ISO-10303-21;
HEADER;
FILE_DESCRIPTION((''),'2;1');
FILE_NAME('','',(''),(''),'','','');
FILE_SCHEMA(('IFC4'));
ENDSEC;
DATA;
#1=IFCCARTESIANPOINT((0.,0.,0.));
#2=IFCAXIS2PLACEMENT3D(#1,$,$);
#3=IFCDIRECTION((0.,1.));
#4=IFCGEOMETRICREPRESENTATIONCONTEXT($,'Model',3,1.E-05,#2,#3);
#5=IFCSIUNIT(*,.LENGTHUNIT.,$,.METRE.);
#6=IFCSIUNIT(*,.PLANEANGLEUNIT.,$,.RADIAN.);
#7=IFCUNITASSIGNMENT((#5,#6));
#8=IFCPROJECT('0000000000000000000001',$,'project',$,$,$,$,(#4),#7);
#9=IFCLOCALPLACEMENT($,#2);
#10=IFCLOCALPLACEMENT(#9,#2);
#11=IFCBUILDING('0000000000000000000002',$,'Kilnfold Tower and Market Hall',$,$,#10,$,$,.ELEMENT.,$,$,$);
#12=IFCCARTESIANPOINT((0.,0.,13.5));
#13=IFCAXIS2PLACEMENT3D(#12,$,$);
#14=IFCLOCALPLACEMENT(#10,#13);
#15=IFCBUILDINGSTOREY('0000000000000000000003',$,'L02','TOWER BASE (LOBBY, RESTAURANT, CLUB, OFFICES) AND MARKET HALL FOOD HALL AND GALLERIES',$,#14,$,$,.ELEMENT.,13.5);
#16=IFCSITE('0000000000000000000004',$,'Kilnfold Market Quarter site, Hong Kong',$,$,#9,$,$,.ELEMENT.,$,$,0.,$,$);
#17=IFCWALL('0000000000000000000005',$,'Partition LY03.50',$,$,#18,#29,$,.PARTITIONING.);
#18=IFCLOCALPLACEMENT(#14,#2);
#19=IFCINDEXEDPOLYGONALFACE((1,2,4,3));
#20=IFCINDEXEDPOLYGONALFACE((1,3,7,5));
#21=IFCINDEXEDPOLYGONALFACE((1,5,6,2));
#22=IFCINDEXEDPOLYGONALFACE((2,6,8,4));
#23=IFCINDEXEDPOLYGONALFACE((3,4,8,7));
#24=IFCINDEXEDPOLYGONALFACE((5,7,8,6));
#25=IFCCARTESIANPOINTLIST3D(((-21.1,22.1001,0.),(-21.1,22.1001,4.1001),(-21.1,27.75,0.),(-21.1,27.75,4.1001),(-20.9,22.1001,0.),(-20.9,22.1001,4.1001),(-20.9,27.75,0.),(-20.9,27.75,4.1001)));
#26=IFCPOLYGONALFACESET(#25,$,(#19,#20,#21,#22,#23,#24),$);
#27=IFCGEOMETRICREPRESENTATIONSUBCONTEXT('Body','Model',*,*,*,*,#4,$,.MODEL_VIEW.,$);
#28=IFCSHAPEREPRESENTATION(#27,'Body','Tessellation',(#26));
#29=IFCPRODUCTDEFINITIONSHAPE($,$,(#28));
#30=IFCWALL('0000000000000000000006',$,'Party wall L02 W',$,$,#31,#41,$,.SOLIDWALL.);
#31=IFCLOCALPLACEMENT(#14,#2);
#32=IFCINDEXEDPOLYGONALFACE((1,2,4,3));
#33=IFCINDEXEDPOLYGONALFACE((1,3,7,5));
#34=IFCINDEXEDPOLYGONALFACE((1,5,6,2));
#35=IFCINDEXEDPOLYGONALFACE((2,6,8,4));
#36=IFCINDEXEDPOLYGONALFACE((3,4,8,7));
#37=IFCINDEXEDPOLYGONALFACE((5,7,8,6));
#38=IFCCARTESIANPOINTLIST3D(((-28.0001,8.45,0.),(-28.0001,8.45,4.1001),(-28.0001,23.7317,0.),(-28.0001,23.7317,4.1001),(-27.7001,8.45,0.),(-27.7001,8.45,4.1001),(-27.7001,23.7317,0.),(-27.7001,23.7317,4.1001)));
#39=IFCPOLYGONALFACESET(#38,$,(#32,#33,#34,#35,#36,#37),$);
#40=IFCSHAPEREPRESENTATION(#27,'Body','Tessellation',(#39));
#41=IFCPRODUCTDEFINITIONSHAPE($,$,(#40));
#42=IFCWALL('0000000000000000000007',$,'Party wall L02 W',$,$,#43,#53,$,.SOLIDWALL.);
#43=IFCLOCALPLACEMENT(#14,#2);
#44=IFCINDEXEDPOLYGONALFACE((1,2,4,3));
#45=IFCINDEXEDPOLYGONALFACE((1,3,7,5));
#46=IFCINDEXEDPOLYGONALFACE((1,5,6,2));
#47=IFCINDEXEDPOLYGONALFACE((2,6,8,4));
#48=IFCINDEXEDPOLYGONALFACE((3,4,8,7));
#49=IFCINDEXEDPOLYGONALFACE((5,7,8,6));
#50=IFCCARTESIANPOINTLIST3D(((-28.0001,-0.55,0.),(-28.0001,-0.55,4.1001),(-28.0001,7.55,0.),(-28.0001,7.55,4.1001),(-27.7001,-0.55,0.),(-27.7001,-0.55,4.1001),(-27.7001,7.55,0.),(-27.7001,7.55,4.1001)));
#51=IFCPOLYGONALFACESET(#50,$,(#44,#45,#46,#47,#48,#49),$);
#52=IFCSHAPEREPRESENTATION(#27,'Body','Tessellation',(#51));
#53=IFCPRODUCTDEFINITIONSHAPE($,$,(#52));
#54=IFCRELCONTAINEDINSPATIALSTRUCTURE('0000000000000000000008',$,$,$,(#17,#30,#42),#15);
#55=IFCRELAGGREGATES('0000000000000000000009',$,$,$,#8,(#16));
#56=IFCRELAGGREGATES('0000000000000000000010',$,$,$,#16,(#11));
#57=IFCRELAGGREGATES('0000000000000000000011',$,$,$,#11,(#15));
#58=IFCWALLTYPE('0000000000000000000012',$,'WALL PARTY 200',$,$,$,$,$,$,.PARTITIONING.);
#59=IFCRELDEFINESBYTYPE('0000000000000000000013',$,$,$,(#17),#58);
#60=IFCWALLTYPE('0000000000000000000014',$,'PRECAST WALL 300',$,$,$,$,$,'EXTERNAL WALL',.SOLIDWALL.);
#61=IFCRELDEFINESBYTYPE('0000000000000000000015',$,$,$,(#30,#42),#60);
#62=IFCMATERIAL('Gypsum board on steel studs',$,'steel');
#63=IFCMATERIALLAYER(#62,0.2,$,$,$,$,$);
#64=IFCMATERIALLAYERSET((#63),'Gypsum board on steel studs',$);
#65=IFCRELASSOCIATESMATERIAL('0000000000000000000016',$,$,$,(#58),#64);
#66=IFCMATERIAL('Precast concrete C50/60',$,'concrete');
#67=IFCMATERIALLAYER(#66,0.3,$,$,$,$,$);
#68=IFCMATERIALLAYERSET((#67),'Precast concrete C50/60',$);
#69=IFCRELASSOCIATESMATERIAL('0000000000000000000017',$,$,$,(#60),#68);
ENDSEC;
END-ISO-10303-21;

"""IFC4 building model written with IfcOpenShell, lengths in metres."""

from ifc_helpers import new_model, si_unit, direction, frame, frame_2d, origin, place, context, subcontext, project, spatial, rectangle, extrude, source, transform, mapped, material, layer, layer_set, type_object, element, save


model = new_model("IFC4")

# Units and contexts
model_context = context("Model", 3, precision=1e-05, world=origin(), true_north=direction((0.0, 1.0)))
body_context = subcontext(model_context, "Body", "Model", "MODEL_VIEW")
ifc_project = project(units=[si_unit("LENGTHUNIT", "METRE"), si_unit("PLANEANGLEUNIT", "RADIAN")], contexts=[model_context])

# Site, building, storey
site_placement = place(None, origin())
site = spatial("IfcSite", under=ifc_project, at=site_placement, Name="Kilnfold Market Quarter site, Hong Kong", CompositionType="ELEMENT", RefElevation=0.0)
building_placement = place(site_placement, origin())
building = spatial("IfcBuilding", under=site, at=building_placement, Name="Kilnfold Tower and Market Hall", CompositionType="ELEMENT")
storey_placement = place(building_placement, frame((0.0, 0.0, 13.5)))
storey = spatial("IfcBuildingStorey", under=building, at=storey_placement, Name="L02", Description="TOWER BASE (LOBBY, RESTAURANT, CLUB, OFFICES) AND MARKET HALL FOOD HALL AND GALLERIES", CompositionType="ELEMENT", Elevation=13.5)

# Walls
ifc_material_1 = material(Name="Gypsum board on steel studs", Category="steel")
ifc_layer_1 = layer(ifc_material_1, 0.2)
ifc_layer_set_1 = layer_set([ifc_layer_1], Name="Gypsum board on steel studs")
wall_type_1 = type_object("IfcWallType", Name="WALL PARTY 200", PredefinedType="PARTITIONING", material=ifc_layer_set_1)
wall_1_placement = place(storey_placement, frame((-21.0, 22.1001, 0.0), z_axis=(0.0, 0.0, 1.0), x_axis=(0.0, 1.0, 0.0)))
element("IfcWall", 1, at=wall_1_placement, inside=storey, type_object=wall_type_1, Name="Partition LY03.50", PredefinedType="PARTITIONING", context=body_context, shape_type="SweptSolid", body=[
    extrude(rectangle(XDim=5.6499, YDim=0.2, at=frame_2d((2.825, 0.0))), origin(), (0.0, 0.0, 1.0), 4.1001),
])
ifc_material_2 = material(Name="Precast concrete C50/60", Category="concrete")
ifc_layer_2 = layer(ifc_material_2, 0.3)
ifc_layer_set_2 = layer_set([ifc_layer_2], Name="Precast concrete C50/60")
wall_type_2 = type_object("IfcWallType", Name="PRECAST WALL 300", ElementType="EXTERNAL WALL", PredefinedType="SOLIDWALL", material=ifc_layer_set_2)
shared_shape_1 = source(origin(), body_context, "Body", "SweptSolid", [
    extrude(rectangle(XDim=15.2817, YDim=0.3, at=frame_2d((7.6409, 0.0))), origin(), (0.0, 0.0, 1.0), 4.1001),
])
wall_2_placement = place(storey_placement, frame((-27.8501, 23.7317, 0.0), z_axis=(0.0, 0.0, 1.0), x_axis=(0.0, -1.0, 0.0)))
element("IfcWall", 2, at=wall_2_placement, inside=storey, type_object=wall_type_2, Name="Party wall L02 W", PredefinedType="SOLIDWALL", context=body_context, shape_type="MappedRepresentation", body=[
    mapped(shared_shape_1, transform((0.0, 0.0, 0.0))),
])
shared_shape_2 = source(origin(), body_context, "Body", "SweptSolid", [
    extrude(rectangle(XDim=8.1001, YDim=0.3, at=frame_2d((4.05, 0.0))), origin(), (0.0, 0.0, 1.0), 4.1001),
])
wall_3_placement = place(storey_placement, frame((-27.8501, 7.55, 0.0), z_axis=(0.0, 0.0, 1.0), x_axis=(0.0, -1.0, 0.0)))
element("IfcWall", 3, at=wall_3_placement, inside=storey, type_object=wall_type_2, Name="Party wall L02 W", PredefinedType="SOLIDWALL", context=body_context, shape_type="MappedRepresentation", body=[
    mapped(shared_shape_2, transform((0.0, 0.0, 0.0))),
])

save(model, "model.ifc")
